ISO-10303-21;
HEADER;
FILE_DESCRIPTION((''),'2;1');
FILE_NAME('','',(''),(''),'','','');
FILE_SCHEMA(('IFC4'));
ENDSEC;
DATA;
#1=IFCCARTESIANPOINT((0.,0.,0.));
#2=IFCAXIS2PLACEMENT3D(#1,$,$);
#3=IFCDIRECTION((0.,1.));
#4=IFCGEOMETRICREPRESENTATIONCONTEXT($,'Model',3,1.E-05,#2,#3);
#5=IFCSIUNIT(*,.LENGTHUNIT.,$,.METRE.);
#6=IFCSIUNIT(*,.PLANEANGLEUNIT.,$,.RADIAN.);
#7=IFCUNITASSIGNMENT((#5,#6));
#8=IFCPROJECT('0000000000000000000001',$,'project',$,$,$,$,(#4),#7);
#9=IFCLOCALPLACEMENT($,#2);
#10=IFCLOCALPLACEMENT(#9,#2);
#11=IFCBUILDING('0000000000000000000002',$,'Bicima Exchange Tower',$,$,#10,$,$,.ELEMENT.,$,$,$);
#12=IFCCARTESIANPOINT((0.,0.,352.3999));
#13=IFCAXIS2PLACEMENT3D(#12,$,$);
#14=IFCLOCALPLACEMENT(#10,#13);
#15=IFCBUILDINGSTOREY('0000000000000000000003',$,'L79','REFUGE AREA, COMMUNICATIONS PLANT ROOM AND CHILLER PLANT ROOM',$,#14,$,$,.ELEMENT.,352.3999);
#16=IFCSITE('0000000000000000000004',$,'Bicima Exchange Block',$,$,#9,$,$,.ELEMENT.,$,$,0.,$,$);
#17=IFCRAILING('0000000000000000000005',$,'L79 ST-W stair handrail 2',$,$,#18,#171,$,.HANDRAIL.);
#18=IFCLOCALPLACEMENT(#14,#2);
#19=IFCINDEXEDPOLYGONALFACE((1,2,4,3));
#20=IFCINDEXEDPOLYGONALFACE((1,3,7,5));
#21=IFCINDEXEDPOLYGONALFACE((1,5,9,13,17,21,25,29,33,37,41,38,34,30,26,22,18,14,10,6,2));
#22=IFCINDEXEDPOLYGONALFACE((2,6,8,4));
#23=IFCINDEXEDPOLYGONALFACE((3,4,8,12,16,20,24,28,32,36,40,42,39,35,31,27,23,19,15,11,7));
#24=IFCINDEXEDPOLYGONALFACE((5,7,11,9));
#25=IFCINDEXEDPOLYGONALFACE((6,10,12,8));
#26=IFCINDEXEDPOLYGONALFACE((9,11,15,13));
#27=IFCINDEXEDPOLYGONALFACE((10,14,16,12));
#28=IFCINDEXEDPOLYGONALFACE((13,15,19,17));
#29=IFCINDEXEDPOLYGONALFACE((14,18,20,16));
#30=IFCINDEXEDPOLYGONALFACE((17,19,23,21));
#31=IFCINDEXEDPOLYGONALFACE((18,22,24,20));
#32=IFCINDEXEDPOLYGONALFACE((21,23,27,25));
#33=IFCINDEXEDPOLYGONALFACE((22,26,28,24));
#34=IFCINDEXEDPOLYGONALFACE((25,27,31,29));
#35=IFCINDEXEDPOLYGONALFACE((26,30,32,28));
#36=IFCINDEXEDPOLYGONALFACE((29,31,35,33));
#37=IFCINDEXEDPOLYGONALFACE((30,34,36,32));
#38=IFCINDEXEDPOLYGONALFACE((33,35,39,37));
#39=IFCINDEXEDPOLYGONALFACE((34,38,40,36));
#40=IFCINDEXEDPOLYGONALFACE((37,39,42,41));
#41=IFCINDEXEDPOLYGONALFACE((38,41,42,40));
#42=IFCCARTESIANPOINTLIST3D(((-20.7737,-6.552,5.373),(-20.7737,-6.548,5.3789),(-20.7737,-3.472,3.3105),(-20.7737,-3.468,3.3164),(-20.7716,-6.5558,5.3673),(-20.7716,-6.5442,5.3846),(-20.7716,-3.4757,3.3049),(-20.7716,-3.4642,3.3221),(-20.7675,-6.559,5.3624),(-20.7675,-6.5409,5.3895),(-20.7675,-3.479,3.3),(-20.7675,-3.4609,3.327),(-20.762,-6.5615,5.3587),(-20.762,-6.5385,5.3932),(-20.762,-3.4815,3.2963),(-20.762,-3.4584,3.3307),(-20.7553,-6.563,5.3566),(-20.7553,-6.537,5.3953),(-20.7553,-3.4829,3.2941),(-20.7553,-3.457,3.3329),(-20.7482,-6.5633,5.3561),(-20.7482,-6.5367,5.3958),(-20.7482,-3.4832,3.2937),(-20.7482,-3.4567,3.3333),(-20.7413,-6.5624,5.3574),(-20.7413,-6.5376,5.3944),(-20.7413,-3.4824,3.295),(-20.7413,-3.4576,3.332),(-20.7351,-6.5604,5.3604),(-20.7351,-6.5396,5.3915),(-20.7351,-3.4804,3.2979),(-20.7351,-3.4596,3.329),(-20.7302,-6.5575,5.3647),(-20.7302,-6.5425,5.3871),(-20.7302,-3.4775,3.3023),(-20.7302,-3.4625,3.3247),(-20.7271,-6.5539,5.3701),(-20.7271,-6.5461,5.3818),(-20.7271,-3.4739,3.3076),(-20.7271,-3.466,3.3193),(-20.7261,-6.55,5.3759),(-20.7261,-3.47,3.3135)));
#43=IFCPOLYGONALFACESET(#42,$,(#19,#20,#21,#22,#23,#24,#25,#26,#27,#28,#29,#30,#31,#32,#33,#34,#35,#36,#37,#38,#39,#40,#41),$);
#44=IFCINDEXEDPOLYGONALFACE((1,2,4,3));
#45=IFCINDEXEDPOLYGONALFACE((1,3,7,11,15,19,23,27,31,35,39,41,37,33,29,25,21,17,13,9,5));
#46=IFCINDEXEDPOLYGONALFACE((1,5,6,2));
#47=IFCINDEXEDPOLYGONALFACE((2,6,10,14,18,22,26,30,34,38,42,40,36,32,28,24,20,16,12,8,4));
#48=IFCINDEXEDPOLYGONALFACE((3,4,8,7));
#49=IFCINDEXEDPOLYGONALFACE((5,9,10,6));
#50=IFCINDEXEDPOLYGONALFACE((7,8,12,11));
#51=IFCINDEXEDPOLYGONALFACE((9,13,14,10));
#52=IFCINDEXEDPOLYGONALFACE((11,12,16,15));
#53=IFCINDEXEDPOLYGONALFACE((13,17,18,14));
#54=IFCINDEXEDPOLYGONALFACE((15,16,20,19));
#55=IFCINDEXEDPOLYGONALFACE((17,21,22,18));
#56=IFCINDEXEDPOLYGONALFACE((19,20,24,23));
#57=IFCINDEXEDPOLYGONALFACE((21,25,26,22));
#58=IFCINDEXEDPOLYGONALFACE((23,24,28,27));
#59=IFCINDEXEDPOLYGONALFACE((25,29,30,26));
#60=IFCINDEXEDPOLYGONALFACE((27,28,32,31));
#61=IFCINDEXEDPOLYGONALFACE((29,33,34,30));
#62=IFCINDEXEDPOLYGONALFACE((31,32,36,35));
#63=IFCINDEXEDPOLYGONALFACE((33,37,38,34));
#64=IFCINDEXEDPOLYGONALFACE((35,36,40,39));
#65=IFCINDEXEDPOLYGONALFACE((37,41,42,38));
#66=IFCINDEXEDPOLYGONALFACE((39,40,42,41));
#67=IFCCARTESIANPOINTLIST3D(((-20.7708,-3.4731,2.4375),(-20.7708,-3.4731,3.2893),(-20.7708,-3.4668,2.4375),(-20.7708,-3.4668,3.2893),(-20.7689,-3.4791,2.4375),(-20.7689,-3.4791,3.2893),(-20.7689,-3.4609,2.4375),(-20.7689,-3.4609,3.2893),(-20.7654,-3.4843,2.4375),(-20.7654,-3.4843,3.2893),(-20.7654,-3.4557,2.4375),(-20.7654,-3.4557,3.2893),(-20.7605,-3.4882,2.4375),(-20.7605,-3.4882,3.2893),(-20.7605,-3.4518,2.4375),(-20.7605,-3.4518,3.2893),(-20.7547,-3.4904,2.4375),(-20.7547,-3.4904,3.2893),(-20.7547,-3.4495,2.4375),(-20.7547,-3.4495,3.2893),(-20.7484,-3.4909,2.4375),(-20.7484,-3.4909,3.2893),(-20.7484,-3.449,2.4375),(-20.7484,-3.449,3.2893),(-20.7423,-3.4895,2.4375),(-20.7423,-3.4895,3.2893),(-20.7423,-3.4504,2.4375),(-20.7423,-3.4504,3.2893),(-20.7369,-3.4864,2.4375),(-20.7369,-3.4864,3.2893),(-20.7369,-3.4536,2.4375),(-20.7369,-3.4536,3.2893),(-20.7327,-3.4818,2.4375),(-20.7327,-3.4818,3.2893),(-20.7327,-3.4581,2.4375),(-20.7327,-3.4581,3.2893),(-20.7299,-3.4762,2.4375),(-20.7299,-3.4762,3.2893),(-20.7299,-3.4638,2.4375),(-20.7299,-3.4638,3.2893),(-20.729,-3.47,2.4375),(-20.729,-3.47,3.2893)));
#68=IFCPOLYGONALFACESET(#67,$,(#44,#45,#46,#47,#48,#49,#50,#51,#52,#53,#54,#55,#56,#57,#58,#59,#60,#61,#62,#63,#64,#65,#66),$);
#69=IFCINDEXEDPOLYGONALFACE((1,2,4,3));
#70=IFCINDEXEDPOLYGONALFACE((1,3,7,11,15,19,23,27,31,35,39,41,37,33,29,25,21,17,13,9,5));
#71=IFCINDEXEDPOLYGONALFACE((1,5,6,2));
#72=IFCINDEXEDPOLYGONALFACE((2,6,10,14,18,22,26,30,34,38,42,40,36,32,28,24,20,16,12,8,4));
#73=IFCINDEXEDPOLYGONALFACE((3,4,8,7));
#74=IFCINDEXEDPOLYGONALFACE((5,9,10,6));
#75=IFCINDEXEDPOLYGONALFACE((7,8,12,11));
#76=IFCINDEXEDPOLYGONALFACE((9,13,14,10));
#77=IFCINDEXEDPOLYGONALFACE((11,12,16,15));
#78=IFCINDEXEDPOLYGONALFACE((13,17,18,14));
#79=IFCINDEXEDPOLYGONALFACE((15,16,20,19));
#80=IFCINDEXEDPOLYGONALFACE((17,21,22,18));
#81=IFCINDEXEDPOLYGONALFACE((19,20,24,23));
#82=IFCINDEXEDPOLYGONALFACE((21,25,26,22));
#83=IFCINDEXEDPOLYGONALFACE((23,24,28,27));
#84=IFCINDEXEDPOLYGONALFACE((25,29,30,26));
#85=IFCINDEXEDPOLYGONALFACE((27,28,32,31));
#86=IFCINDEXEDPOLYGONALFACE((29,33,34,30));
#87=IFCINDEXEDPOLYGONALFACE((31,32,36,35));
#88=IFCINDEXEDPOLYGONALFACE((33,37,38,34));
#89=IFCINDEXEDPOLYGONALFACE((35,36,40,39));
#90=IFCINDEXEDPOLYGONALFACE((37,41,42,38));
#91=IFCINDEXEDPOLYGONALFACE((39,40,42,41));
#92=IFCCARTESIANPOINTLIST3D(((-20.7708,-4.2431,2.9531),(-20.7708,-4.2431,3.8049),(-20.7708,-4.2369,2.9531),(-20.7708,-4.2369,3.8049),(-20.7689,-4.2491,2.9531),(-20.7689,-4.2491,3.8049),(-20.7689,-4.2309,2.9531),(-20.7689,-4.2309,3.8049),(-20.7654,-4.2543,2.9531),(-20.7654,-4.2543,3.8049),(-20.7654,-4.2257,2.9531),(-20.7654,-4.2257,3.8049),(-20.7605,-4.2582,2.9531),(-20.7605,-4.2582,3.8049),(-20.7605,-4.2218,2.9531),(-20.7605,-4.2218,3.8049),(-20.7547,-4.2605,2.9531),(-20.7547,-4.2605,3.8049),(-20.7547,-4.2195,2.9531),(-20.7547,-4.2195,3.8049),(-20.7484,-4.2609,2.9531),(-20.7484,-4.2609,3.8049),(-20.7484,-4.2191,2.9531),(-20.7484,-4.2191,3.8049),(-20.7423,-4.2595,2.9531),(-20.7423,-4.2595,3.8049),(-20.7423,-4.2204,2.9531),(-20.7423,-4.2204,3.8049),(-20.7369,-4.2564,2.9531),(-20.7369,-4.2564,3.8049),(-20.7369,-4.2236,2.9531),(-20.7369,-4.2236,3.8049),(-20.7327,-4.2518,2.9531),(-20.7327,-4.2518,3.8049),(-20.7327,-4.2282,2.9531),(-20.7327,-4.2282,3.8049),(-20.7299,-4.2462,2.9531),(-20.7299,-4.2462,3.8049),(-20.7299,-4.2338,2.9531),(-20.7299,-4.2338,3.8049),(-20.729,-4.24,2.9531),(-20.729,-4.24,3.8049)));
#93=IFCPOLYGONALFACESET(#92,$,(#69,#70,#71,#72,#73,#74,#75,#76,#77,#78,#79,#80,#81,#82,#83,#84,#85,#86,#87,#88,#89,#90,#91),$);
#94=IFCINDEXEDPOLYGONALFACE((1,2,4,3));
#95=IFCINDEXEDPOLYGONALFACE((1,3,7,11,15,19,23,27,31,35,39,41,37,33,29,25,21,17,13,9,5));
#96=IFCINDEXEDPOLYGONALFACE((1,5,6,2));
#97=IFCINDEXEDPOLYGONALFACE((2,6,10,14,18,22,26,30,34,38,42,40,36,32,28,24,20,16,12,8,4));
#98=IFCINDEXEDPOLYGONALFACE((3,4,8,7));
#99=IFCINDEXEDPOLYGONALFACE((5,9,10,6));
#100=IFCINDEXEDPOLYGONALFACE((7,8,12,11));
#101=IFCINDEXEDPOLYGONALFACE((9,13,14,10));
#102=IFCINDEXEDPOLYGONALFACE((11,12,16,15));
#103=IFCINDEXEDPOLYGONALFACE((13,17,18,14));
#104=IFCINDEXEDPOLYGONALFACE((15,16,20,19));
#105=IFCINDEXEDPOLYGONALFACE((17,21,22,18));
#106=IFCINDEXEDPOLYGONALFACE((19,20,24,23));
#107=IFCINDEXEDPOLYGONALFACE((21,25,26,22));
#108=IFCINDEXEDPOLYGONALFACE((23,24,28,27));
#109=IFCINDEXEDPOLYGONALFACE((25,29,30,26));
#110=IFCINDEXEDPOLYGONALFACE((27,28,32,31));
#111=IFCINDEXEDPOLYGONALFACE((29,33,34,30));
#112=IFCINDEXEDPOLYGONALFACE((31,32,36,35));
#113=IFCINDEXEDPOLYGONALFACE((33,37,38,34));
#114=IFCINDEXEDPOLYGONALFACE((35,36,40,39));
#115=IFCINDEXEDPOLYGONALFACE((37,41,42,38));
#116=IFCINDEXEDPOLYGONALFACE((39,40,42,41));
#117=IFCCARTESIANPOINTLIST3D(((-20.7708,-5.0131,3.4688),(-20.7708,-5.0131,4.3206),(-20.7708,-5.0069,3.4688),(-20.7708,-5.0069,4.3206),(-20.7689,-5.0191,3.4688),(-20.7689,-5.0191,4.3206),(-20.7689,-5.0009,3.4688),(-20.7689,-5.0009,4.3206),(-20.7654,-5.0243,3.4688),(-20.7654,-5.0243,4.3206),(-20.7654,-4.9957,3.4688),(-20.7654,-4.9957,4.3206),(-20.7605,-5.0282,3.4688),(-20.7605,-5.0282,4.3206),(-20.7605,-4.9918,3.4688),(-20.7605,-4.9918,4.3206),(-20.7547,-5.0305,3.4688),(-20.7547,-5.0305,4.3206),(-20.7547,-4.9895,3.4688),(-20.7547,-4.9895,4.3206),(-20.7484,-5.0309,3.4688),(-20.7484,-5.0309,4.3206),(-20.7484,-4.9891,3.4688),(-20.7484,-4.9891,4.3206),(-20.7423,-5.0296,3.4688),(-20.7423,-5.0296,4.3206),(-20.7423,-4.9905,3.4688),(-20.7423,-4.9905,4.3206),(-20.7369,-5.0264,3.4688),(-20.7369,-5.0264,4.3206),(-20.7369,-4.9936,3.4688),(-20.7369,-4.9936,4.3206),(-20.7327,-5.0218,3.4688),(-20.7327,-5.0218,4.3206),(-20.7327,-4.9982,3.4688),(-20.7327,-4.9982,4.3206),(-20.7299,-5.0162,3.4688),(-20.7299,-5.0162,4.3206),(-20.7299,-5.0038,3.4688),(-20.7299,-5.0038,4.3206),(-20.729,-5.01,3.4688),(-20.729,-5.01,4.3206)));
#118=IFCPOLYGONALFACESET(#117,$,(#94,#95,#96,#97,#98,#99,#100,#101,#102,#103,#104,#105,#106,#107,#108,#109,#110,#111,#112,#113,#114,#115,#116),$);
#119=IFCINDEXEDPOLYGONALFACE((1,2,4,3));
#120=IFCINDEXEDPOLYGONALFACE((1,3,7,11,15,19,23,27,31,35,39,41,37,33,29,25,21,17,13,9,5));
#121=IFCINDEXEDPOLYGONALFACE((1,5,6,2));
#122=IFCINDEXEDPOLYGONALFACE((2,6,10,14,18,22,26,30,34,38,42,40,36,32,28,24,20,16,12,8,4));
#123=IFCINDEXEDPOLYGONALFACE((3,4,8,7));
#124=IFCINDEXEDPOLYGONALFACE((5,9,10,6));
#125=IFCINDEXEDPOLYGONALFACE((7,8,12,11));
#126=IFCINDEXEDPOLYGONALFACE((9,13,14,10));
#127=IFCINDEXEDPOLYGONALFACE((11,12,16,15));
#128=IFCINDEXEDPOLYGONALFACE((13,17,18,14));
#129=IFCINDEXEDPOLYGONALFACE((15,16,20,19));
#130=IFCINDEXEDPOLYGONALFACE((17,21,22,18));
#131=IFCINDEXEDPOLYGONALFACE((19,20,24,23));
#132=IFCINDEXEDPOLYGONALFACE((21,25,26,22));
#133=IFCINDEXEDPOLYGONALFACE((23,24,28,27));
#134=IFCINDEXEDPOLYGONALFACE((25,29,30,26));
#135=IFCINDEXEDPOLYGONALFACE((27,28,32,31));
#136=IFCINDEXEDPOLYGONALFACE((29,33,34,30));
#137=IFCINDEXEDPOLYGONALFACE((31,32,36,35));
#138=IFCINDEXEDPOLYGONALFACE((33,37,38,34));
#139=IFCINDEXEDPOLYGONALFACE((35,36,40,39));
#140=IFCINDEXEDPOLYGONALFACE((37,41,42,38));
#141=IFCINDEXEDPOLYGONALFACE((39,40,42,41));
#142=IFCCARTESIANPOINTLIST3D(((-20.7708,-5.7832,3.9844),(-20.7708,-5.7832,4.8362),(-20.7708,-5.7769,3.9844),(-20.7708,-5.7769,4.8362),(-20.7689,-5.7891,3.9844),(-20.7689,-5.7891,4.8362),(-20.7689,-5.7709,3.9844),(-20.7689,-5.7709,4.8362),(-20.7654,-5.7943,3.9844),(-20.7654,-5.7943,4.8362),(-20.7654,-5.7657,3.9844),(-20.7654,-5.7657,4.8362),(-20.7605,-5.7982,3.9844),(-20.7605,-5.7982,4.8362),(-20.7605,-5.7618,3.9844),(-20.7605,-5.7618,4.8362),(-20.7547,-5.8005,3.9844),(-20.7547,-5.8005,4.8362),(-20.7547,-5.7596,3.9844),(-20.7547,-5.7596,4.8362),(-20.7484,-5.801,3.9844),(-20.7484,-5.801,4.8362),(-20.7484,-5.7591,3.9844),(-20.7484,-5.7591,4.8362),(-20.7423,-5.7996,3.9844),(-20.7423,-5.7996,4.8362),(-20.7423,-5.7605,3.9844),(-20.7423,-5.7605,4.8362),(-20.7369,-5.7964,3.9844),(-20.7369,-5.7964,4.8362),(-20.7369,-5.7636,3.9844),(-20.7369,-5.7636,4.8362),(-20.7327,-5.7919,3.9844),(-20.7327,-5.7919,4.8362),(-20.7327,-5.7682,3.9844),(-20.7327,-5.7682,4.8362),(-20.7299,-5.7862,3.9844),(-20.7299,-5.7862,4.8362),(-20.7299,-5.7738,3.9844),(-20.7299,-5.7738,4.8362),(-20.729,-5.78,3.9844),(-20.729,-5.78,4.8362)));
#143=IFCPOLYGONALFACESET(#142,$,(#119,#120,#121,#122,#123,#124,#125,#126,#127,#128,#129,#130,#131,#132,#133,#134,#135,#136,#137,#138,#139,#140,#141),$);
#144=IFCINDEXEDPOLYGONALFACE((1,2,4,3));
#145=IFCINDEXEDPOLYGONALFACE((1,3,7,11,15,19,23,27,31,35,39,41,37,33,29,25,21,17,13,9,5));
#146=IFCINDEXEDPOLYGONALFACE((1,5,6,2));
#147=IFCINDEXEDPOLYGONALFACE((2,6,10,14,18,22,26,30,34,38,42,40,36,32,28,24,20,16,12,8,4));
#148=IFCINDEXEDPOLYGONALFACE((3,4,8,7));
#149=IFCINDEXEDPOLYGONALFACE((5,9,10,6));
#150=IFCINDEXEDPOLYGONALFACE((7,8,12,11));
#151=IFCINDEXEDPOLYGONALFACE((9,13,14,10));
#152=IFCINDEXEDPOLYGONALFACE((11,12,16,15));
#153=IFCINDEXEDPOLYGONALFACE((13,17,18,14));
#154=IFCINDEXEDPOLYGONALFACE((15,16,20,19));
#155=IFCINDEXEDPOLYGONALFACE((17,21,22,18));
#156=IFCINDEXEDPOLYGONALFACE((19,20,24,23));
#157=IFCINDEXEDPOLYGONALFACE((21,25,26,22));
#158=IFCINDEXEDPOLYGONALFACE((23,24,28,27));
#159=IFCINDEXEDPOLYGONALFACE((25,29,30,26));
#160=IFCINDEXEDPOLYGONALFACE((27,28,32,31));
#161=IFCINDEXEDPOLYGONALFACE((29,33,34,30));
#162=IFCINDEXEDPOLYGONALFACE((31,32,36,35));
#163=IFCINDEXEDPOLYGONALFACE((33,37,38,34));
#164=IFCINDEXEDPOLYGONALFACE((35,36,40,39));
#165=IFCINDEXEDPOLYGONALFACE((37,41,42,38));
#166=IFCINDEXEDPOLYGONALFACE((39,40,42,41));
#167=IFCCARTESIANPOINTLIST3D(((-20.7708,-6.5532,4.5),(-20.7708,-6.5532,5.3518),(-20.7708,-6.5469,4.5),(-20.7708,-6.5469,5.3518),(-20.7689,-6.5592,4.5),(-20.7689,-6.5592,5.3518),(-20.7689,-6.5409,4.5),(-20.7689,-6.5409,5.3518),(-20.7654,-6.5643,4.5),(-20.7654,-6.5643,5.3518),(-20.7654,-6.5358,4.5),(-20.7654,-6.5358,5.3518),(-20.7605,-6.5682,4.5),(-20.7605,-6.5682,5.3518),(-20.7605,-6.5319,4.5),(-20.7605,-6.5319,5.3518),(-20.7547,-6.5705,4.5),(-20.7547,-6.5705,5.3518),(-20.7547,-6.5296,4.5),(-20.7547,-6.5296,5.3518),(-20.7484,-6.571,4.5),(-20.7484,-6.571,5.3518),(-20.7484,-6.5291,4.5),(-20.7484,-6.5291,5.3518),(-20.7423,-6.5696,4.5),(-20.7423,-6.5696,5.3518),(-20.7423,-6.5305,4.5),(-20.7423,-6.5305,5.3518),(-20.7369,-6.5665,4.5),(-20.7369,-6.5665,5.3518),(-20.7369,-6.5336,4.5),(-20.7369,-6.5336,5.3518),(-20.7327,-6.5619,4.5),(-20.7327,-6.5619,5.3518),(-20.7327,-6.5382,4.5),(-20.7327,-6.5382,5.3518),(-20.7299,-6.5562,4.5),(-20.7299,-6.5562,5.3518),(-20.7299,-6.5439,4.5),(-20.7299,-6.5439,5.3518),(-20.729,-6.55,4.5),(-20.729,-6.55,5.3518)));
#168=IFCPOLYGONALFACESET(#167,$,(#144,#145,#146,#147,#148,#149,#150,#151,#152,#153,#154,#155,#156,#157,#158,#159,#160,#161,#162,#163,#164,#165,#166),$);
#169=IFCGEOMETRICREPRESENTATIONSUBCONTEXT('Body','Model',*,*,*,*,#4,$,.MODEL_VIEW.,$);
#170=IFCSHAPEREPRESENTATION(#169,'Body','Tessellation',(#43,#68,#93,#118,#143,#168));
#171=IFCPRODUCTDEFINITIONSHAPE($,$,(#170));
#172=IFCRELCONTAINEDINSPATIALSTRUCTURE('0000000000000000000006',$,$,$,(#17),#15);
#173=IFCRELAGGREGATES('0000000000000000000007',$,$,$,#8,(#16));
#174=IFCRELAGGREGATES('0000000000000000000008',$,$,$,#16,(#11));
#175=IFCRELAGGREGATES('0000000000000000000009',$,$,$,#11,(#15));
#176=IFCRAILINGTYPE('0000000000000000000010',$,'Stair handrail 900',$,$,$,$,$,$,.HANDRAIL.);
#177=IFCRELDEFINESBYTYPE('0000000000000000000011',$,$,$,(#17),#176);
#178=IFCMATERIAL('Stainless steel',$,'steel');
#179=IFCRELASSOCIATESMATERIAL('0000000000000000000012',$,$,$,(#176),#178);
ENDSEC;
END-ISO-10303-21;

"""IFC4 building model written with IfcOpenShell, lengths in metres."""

from ifc_helpers import new_model, si_unit, direction, frame, origin, origin_2d, place, context, subcontext, project, spatial, circle, extrude, material, type_object, element, save


model = new_model("IFC4")

# Units and contexts
model_context = context("Model", 3, precision=1e-05, world=origin(), true_north=direction((0.0, 1.0)))
body_context = subcontext(model_context, "Body", "Model", "MODEL_VIEW")
ifc_project = project(units=[si_unit("LENGTHUNIT", "METRE"), si_unit("PLANEANGLEUNIT", "RADIAN")], contexts=[model_context])

# Site, building, storey
site_placement = place(None, origin())
site = spatial("IfcSite", under=ifc_project, at=site_placement, Name="Bicima Exchange Block", CompositionType="ELEMENT", RefElevation=0.0)
building_placement = place(site_placement, origin())
building = spatial("IfcBuilding", under=site, at=building_placement, Name="Bicima Exchange Tower", CompositionType="ELEMENT")
storey_placement = place(building_placement, frame((0.0, 0.0, 352.3999)))
storey = spatial("IfcBuildingStorey", under=building, at=storey_placement, Name="L79", Description="REFUGE AREA, COMMUNICATIONS PLANT ROOM AND CHILLER PLANT ROOM", CompositionType="ELEMENT", Elevation=352.3999)

# Shared definitions
ifc_material_1 = material(Name="Stainless steel", Category="steel")

# Railing
railing_type_1 = type_object("IfcRailingType", Name="Stair handrail 900", PredefinedType="HANDRAIL", material=ifc_material_1)
railing_1_placement = place(storey_placement, frame((-20.75, -3.47, 2.4375)))
element("IfcRailing", 1, at=railing_1_placement, inside=storey, type_object=railing_type_1, Name="L79 ST-W stair handrail 2", PredefinedType="HANDRAIL", context=body_context, shape_type="SweptSolid", body=[
    extrude(circle(Radius=0.0239, at=origin_2d()), frame((0.0, 0.0, 0.876), z_axis=(0.0, -0.830914, 0.556401), x_axis=(1.0, 0.0, 0.0)), (0.0, 0.0, 1.0), 3.7068),
    extrude(circle(Radius=0.021, at=origin_2d()), origin(), (0.0, 0.0, 1.0), 0.8518),
    extrude(circle(Radius=0.021, at=origin_2d()), frame((0.0, -0.77, 0.5156)), (0.0, 0.0, 1.0), 0.8518),
    extrude(circle(Radius=0.021, at=origin_2d()), frame((0.0, -1.54, 1.0312)), (0.0, 0.0, 1.0), 0.8518),
    extrude(circle(Radius=0.021, at=origin_2d()), frame((0.0, -2.3101, 1.5469)), (0.0, 0.0, 1.0), 0.8518),
    extrude(circle(Radius=0.021, at=origin_2d()), frame((0.0, -3.0801, 2.0625)), (0.0, 0.0, 1.0), 0.8518),
])

save(model, "model.ifc")
